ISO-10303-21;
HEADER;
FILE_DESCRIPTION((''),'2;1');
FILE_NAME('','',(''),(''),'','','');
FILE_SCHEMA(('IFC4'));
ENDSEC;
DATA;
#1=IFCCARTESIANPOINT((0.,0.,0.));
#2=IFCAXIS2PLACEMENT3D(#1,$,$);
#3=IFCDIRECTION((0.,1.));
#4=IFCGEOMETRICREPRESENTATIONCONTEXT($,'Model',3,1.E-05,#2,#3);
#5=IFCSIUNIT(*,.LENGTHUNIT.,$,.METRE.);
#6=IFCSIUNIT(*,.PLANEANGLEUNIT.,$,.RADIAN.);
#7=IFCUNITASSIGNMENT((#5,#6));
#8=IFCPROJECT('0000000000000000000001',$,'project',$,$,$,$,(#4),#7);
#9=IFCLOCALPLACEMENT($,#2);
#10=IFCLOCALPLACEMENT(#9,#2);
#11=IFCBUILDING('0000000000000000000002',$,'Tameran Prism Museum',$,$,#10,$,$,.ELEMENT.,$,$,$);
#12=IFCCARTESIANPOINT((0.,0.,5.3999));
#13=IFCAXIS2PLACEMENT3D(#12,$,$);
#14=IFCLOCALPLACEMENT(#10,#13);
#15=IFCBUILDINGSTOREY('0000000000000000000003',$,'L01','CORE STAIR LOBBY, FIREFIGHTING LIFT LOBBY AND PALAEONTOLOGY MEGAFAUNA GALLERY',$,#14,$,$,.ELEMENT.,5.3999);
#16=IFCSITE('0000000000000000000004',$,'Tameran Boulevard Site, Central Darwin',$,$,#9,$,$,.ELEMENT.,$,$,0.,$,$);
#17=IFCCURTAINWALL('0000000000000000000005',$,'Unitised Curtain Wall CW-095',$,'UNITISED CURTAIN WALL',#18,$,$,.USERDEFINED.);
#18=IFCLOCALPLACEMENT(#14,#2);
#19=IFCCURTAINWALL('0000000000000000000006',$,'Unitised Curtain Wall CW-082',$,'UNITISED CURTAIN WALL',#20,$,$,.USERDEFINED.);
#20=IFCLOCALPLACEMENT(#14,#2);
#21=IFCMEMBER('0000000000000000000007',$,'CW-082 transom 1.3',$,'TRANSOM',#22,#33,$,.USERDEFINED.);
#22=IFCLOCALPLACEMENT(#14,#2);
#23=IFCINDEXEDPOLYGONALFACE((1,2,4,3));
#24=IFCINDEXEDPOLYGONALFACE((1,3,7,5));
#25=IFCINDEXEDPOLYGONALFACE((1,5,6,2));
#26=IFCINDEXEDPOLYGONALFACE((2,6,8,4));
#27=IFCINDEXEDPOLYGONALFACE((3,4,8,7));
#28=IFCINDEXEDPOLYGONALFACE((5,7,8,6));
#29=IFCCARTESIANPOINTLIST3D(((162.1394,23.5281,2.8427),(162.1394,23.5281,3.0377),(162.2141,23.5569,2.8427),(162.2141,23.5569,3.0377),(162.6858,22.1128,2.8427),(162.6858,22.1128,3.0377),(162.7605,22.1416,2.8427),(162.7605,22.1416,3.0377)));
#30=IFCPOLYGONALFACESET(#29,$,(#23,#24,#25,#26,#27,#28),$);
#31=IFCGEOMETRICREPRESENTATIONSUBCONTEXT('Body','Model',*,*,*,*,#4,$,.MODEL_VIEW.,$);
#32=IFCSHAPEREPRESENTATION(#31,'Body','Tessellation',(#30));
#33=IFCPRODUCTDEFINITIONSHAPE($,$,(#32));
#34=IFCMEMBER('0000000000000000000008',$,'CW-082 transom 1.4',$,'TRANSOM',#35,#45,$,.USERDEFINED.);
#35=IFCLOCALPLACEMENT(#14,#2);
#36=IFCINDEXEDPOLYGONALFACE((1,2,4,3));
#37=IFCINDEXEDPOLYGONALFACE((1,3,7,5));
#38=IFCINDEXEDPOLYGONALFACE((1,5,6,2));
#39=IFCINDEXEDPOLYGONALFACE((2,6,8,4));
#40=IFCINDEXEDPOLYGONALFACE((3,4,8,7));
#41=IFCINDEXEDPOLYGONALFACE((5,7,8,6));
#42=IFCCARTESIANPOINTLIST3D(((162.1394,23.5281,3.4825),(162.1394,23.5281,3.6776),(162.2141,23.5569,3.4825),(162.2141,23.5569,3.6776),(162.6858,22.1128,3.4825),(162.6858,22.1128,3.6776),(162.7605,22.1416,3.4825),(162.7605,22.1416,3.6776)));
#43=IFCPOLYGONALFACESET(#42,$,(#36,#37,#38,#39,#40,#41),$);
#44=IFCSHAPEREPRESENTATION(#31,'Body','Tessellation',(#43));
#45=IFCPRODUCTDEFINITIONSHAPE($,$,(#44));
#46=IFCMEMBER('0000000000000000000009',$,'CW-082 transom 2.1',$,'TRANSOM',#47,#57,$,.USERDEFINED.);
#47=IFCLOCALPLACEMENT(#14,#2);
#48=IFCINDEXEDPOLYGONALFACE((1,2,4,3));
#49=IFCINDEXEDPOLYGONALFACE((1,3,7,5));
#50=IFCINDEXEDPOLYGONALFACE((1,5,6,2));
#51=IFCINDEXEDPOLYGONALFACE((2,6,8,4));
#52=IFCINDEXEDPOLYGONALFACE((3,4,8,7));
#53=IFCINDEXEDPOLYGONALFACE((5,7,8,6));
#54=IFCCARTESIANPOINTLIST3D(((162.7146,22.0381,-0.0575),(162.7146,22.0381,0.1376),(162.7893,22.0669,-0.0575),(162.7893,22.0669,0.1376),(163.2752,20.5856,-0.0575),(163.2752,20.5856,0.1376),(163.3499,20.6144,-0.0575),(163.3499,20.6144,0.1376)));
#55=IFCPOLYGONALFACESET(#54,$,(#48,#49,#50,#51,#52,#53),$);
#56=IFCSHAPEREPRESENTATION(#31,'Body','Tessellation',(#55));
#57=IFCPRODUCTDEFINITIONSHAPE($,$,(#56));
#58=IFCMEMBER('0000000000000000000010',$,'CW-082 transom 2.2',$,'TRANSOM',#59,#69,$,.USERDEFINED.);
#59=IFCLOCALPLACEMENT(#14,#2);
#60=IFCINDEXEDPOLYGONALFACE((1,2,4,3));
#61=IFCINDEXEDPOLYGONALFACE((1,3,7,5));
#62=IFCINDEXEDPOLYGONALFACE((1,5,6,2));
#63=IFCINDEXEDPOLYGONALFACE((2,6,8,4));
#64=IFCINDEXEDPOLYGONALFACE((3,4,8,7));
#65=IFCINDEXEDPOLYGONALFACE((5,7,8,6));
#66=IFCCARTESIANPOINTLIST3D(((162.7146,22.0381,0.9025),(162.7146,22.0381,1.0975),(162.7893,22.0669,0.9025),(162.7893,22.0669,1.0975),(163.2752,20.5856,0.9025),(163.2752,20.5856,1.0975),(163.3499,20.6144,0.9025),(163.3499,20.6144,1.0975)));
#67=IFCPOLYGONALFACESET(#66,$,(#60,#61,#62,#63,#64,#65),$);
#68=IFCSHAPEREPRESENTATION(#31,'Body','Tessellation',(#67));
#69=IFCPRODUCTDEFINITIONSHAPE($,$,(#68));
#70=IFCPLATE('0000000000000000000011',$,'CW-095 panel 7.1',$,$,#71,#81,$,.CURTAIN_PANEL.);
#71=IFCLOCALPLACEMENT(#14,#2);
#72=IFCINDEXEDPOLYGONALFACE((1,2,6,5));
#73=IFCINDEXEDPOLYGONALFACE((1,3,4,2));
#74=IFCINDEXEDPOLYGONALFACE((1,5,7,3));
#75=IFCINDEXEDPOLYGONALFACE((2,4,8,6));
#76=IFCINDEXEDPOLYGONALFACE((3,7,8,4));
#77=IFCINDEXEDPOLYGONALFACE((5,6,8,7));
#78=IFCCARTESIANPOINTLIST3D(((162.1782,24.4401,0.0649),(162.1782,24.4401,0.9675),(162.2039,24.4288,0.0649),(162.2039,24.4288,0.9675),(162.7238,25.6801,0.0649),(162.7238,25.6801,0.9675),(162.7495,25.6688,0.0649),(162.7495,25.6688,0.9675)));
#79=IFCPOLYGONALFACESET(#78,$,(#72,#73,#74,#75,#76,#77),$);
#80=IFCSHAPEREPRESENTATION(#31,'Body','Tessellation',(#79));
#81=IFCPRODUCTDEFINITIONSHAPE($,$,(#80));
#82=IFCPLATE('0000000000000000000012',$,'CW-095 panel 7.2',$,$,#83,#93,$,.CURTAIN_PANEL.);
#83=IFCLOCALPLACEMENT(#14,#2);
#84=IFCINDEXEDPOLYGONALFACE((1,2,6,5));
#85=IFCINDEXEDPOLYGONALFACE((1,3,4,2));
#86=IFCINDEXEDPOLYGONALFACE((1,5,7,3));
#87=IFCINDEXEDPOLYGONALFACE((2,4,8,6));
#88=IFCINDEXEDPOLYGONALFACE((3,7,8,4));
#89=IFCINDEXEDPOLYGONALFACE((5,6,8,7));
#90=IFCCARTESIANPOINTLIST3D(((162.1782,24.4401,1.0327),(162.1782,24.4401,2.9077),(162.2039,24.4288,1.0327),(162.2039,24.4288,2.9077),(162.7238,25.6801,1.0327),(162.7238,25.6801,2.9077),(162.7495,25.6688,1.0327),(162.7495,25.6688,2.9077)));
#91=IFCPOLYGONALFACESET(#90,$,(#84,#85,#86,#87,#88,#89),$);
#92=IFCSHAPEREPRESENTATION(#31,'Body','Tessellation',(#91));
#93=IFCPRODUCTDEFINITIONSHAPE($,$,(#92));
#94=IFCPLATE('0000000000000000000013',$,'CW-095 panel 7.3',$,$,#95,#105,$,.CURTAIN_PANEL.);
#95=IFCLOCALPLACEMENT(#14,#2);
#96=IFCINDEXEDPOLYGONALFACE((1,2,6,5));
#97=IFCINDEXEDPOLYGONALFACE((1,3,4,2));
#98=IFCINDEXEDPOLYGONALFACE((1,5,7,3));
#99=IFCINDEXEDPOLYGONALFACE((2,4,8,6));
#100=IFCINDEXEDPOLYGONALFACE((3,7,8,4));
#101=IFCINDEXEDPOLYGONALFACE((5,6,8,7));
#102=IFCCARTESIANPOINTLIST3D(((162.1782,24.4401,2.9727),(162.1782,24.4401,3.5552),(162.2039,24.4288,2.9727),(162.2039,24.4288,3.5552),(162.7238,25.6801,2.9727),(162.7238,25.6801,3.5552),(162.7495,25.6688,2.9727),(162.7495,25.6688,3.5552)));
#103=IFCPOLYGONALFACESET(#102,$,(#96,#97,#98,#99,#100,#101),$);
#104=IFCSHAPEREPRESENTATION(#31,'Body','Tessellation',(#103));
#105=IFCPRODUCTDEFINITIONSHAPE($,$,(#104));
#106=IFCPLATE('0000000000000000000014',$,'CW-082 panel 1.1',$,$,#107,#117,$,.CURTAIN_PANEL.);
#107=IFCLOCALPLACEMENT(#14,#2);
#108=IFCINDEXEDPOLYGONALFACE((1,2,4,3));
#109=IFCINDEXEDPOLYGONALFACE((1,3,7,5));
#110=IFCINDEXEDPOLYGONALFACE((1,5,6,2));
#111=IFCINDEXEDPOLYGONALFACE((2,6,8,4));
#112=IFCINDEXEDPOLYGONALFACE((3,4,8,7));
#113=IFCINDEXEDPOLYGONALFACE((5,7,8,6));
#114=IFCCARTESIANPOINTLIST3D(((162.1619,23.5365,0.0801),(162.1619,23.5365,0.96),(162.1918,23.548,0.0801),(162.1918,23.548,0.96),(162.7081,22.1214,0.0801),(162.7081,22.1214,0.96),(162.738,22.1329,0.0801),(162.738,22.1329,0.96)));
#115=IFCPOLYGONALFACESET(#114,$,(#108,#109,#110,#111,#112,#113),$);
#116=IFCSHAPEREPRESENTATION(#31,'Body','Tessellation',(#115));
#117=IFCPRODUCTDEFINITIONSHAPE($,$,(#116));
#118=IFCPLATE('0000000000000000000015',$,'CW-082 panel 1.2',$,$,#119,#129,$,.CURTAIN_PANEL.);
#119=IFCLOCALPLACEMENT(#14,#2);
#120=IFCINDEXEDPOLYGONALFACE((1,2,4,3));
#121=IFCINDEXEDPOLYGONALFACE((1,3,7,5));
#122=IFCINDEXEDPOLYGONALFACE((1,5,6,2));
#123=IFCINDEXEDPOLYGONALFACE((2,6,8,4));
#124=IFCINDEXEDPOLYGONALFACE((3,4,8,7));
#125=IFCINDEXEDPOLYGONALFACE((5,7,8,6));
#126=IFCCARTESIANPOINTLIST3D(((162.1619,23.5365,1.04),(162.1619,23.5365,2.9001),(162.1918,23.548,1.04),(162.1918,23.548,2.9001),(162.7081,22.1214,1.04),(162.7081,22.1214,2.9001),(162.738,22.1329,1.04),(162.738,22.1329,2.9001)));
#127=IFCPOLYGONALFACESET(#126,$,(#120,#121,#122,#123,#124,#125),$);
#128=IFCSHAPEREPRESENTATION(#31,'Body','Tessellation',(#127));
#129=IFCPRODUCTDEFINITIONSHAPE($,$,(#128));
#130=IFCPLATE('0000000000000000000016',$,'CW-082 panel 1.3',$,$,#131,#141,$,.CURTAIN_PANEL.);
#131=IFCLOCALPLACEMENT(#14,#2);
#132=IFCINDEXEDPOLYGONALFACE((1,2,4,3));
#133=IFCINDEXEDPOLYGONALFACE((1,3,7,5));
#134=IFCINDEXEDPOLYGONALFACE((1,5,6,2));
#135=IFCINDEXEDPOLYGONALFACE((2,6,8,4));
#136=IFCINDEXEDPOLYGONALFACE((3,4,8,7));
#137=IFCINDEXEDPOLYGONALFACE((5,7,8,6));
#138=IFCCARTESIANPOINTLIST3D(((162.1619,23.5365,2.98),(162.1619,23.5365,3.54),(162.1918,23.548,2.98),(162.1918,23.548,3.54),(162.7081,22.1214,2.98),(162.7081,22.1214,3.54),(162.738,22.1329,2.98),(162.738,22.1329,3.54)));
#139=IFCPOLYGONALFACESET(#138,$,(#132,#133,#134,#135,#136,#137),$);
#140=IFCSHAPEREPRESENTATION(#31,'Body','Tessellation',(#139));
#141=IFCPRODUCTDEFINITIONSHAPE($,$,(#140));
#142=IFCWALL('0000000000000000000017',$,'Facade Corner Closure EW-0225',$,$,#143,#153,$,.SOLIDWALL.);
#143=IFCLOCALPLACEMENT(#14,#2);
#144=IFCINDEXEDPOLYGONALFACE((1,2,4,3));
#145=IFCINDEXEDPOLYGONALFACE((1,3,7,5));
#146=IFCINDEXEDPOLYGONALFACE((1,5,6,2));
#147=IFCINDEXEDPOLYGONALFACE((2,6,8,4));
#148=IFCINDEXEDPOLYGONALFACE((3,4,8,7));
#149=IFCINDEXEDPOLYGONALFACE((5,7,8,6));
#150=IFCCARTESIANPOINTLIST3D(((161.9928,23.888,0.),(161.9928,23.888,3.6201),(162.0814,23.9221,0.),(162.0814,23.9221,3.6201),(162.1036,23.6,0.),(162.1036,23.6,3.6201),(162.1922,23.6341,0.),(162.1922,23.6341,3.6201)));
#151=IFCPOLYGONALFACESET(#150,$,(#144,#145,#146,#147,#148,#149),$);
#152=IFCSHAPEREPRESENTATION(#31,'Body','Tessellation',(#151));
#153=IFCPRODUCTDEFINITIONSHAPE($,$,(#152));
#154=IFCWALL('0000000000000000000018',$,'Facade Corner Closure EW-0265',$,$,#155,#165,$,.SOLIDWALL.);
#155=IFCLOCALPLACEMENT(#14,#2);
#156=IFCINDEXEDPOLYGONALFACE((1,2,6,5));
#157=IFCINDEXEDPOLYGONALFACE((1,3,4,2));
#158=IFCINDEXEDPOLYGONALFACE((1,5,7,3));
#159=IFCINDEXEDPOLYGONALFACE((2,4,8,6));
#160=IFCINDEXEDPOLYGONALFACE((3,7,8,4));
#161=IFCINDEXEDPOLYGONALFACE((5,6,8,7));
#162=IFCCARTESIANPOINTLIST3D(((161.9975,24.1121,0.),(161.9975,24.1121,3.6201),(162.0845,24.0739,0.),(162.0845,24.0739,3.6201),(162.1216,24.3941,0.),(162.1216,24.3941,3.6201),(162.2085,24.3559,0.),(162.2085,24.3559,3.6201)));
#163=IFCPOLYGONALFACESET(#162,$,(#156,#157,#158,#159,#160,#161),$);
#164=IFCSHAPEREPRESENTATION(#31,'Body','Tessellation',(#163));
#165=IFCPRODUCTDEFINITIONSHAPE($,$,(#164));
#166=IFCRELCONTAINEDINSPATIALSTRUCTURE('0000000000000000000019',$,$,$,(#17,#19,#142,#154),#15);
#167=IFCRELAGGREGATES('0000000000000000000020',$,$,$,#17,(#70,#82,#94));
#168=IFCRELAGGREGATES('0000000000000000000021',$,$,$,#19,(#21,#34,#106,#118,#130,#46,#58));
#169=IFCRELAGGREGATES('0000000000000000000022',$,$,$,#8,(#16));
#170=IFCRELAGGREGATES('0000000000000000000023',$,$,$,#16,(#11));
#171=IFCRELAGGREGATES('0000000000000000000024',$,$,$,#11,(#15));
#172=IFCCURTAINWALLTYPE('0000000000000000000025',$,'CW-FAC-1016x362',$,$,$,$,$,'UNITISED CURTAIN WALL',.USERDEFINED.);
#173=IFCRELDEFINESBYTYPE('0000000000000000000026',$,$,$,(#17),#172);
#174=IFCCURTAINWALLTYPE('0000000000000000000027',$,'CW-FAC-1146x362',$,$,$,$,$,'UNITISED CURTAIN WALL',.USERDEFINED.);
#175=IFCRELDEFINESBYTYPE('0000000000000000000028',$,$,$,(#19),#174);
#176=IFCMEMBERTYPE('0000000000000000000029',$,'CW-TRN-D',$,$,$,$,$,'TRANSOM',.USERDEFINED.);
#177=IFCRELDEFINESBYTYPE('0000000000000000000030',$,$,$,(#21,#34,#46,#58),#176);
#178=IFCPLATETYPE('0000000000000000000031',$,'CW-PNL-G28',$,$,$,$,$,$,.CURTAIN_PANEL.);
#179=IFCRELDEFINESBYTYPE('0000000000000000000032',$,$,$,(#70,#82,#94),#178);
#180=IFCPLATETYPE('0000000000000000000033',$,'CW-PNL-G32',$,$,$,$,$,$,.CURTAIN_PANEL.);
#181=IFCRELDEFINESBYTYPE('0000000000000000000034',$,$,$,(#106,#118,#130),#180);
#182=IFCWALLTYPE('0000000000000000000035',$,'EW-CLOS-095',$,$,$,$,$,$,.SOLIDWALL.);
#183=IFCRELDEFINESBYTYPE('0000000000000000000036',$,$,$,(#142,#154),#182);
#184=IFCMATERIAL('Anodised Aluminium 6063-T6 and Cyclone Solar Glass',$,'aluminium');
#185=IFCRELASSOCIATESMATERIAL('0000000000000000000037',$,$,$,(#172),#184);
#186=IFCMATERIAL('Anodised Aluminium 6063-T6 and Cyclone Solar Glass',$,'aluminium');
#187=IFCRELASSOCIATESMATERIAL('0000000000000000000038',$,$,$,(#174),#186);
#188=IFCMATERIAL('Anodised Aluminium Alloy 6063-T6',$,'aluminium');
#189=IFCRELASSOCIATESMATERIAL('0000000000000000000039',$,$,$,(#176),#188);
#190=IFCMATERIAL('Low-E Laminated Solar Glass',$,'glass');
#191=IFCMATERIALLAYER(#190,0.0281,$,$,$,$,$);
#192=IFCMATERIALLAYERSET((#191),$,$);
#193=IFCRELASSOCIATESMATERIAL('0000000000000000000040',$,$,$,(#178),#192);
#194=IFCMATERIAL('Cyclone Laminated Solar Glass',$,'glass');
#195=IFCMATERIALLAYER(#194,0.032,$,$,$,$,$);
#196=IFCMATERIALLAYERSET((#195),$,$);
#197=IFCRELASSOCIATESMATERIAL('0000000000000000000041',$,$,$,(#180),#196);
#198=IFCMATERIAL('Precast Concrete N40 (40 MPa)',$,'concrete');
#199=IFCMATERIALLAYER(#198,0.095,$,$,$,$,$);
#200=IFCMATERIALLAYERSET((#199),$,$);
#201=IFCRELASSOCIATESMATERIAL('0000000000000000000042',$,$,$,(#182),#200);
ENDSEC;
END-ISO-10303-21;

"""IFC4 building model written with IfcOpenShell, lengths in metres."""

from ifc_helpers import new_model, si_unit, direction, frame, frame_2d, origin, origin_2d, place, context, subcontext, project, spatial, rectangle, extrude, material, layer, layer_set, material_profile, profile_set, type_object, element, aggregate, save


model = new_model("IFC4")

# Units and contexts
model_context = context("Model", 3, precision=1e-05, world=origin(), true_north=direction((0.0, 1.0)))
body_context = subcontext(model_context, "Body", "Model", "MODEL_VIEW")
ifc_project = project(units=[si_unit("LENGTHUNIT", "METRE"), si_unit("PLANEANGLEUNIT", "RADIAN")], contexts=[model_context])

# Site, building, storey
site_placement = place(None, origin())
site = spatial("IfcSite", under=ifc_project, at=site_placement, Name="Tameran Boulevard Site, Central Darwin", CompositionType="ELEMENT", RefElevation=0.0)
building_placement = place(site_placement, origin())
building = spatial("IfcBuilding", under=site, at=building_placement, Name="Tameran Prism Museum", CompositionType="ELEMENT")
storey_placement = place(building_placement, frame((0.0, 0.0, 5.3999)))
storey = spatial("IfcBuildingStorey", under=building, at=storey_placement, Name="L01", Description="CORE STAIR LOBBY, FIREFIGHTING LIFT LOBBY AND PALAEONTOLOGY MEGAFAUNA GALLERY", CompositionType="ELEMENT", Elevation=5.3999)

# Curtain walls
ifc_material_1 = material(Name="Anodised Aluminium 6063-T6 and Cyclone Solar Glass", Category="aluminium")
curtain_wall_type_1 = type_object("IfcCurtainWallType", Name="CW-FAC-1016x362", ElementType="UNITISED CURTAIN WALL", PredefinedType="USERDEFINED", material=ifc_material_1)
curtain_wall_1_placement = place(storey_placement, origin())
curtain_wall_1 = element("IfcCurtainWall", 1, at=curtain_wall_1_placement, inside=storey, type_object=curtain_wall_type_1, Name="Unitised Curtain Wall CW-095", ObjectType="UNITISED CURTAIN WALL", PredefinedType="USERDEFINED")
ifc_material_2 = material(Name="Anodised Aluminium 6063-T6 and Cyclone Solar Glass", Category="aluminium")
curtain_wall_type_2 = type_object("IfcCurtainWallType", Name="CW-FAC-1146x362", ElementType="UNITISED CURTAIN WALL", PredefinedType="USERDEFINED", material=ifc_material_2)
curtain_wall_2_placement = place(storey_placement, origin())
curtain_wall_2 = element("IfcCurtainWall", 2, at=curtain_wall_2_placement, inside=storey, type_object=curtain_wall_type_2, Name="Unitised Curtain Wall CW-082", ObjectType="UNITISED CURTAIN WALL", PredefinedType="USERDEFINED")

# Members
ifc_material_3 = material(Name="Anodised Aluminium Alloy 6063-T6", Category="aluminium")
ifc_material_profile_1 = material_profile(ifc_material_3, rectangle(XDim=0.0801, YDim=0.1951, at=origin_2d()))
ifc_profile_set_1 = profile_set([ifc_material_profile_1])
member_type_1 = type_object("IfcMemberType", Name="CW-TRN-D", ElementType="TRANSOM", PredefinedType="USERDEFINED", material=ifc_profile_set_1)
member_1_placement = place(storey_placement, frame((162.1768, 23.5425, 2.9402), z_axis=(0.360154, -0.932893, 0.0), x_axis=(0.932893, 0.360154, 0.0)))
member_1 = element("IfcMember", 3, at=member_1_placement, type_object=member_type_1, Name="CW-082 transom 1.3", ObjectType="TRANSOM", PredefinedType="USERDEFINED", context=body_context, shape_type="SweptSolid", body=[
    extrude(rectangle(XDim=0.0801, YDim=0.1951, at=origin_2d()), origin(), (0.0, 0.0, 1.0), 1.5171),
])
member_2_placement = place(storey_placement, frame((162.1768, 23.5425, 3.5801), z_axis=(0.360154, -0.932893, 0.0), x_axis=(0.932893, 0.360154, 0.0)))
member_2 = element("IfcMember", 4, at=member_2_placement, type_object=member_type_1, Name="CW-082 transom 1.4", ObjectType="TRANSOM", PredefinedType="USERDEFINED", context=body_context, shape_type="SweptSolid", body=[
    extrude(rectangle(XDim=0.0801, YDim=0.1951, at=origin_2d()), origin(), (0.0, 0.0, 1.0), 1.5171),
])
member_3_placement = place(storey_placement, frame((162.752, 22.0525, 0.04), z_axis=(0.360061, -0.932929, 0.0), x_axis=(0.932929, 0.360061, 0.0)))
member_3 = element("IfcMember", 5, at=member_3_placement, type_object=member_type_1, Name="CW-082 transom 2.1", ObjectType="TRANSOM", PredefinedType="USERDEFINED", context=body_context, shape_type="SweptSolid", body=[
    extrude(rectangle(XDim=0.0801, YDim=0.1951, at=origin_2d()), origin(), (0.0, 0.0, 1.0), 1.5569),
])
member_4_placement = place(storey_placement, frame((162.752, 22.0525, 1.0), z_axis=(0.360061, -0.932929, 0.0), x_axis=(0.932929, 0.360061, 0.0)))
member_4 = element("IfcMember", 6, at=member_4_placement, type_object=member_type_1, Name="CW-082 transom 2.2", ObjectType="TRANSOM", PredefinedType="USERDEFINED", context=body_context, shape_type="SweptSolid", body=[
    extrude(rectangle(XDim=0.0801, YDim=0.1951, at=origin_2d()), origin(), (0.0, 0.0, 1.0), 1.5569),
])

# Plates
ifc_material_4 = material(Name="Low-E Laminated Solar Glass", Category="glass")
ifc_layer_1 = layer(ifc_material_4, 0.0281)
ifc_layer_set_1 = layer_set([ifc_layer_1])
plate_type_1 = type_object("IfcPlateType", Name="CW-PNL-G28", PredefinedType="CURTAIN_PANEL", material=ifc_layer_set_1)
plate_1_placement = place(storey_placement, frame((162.4639, 25.0544, 0.0649), z_axis=(0.0, 0.0, 1.0), x_axis=(-0.402722, -0.915322, 0.0)))
plate_1 = element("IfcPlate", 7, at=plate_1_placement, type_object=plate_type_1, Name="CW-095 panel 7.1", PredefinedType="CURTAIN_PANEL", context=body_context, shape_type="SweptSolid", body=[
    extrude(rectangle(XDim=1.3547, YDim=0.0281, at=origin_2d()), origin(), (0.0, 0.0, 1.0), 0.9026),
])
plate_2_placement = place(storey_placement, frame((162.4639, 25.0544, 1.0327), z_axis=(0.0, 0.0, 1.0), x_axis=(-0.402722, -0.915322, 0.0)))
plate_2 = element("IfcPlate", 8, at=plate_2_placement, type_object=plate_type_1, Name="CW-095 panel 7.2", PredefinedType="CURTAIN_PANEL", context=body_context, shape_type="SweptSolid", body=[
    extrude(rectangle(XDim=1.3547, YDim=0.0281, at=origin_2d()), origin(), (0.0, 0.0, 1.0), 1.875),
])
plate_3_placement = place(storey_placement, frame((162.4639, 25.0544, 2.9727), z_axis=(0.0, 0.0, 1.0), x_axis=(-0.402722, -0.915322, 0.0)))
plate_3 = element("IfcPlate", 9, at=plate_3_placement, type_object=plate_type_1, Name="CW-095 panel 7.3", PredefinedType="CURTAIN_PANEL", context=body_context, shape_type="SweptSolid", body=[
    extrude(rectangle(XDim=1.3547, YDim=0.0281, at=origin_2d()), origin(), (0.0, 0.0, 1.0), 0.5825),
])
aggregate(curtain_wall_1, [plate_1, plate_2, plate_3])
ifc_material_5 = material(Name="Cyclone Laminated Solar Glass", Category="glass")
ifc_layer_2 = layer(ifc_material_5, 0.032)
ifc_layer_set_2 = layer_set([ifc_layer_2])
plate_type_2 = type_object("IfcPlateType", Name="CW-PNL-G32", PredefinedType="CURTAIN_PANEL", material=ifc_layer_set_2)
plate_4_placement = place(storey_placement, frame((162.45, 22.8347, 0.0801), z_axis=(0.0, 0.0, 1.0), x_axis=(0.360078, -0.932922, 0.0)))
plate_4 = element("IfcPlate", 10, at=plate_4_placement, type_object=plate_type_2, Name="CW-082 panel 1.1", PredefinedType="CURTAIN_PANEL", context=body_context, shape_type="SweptSolid", body=[
    extrude(rectangle(XDim=1.5168, YDim=0.032, at=origin_2d()), origin(), (0.0, 0.0, 1.0), 0.8799),
])
plate_5_placement = place(storey_placement, frame((162.45, 22.8347, 1.04), z_axis=(0.0, 0.0, 1.0), x_axis=(0.360078, -0.932922, 0.0)))
plate_5 = element("IfcPlate", 11, at=plate_5_placement, type_object=plate_type_2, Name="CW-082 panel 1.2", PredefinedType="CURTAIN_PANEL", context=body_context, shape_type="SweptSolid", body=[
    extrude(rectangle(XDim=1.5168, YDim=0.032, at=origin_2d()), origin(), (0.0, 0.0, 1.0), 1.8601),
])
plate_6_placement = place(storey_placement, frame((162.45, 22.8347, 2.98), z_axis=(0.0, 0.0, 1.0), x_axis=(0.360078, -0.932922, 0.0)))
plate_6 = element("IfcPlate", 12, at=plate_6_placement, type_object=plate_type_2, Name="CW-082 panel 1.3", PredefinedType="CURTAIN_PANEL", context=body_context, shape_type="SweptSolid", body=[
    extrude(rectangle(XDim=1.5168, YDim=0.032, at=origin_2d()), origin(), (0.0, 0.0, 1.0), 0.5601),
])
aggregate(curtain_wall_2, [member_1, member_2, plate_4, plate_5, plate_6, member_3, member_4])

# Walls
ifc_material_6 = material(Name="Precast Concrete N40 (40 MPa)", Category="concrete")
ifc_layer_3 = layer(ifc_material_6, 0.095)
ifc_layer_set_3 = layer_set([ifc_layer_3])
wall_type_1 = type_object("IfcWallType", Name="EW-CLOS-095", PredefinedType="SOLIDWALL", material=ifc_layer_set_3)
wall_1_placement = place(storey_placement, frame((162.0371, 23.905, 0.0), z_axis=(0.0, 0.0, 1.0), x_axis=(0.359085, -0.933305, 0.0)))
element("IfcWall", 13, at=wall_1_placement, inside=storey, type_object=wall_type_1, Name="Facade Corner Closure EW-0225", PredefinedType="SOLIDWALL", context=body_context, shape_type="SweptSolid", body=[
    extrude(rectangle(XDim=0.3086, YDim=0.095, at=frame_2d((0.1543, 0.0))), origin(), (0.0, 0.0, 1.0), 3.6201),
])
wall_2_placement = place(storey_placement, frame((162.165, 24.375, 0.0), z_axis=(0.0, 0.0, 1.0), x_axis=(-0.402606, -0.915373, 0.0)))
element("IfcWall", 14, at=wall_2_placement, inside=storey, type_object=wall_type_1, Name="Facade Corner Closure EW-0265", PredefinedType="SOLIDWALL", context=body_context, shape_type="SweptSolid", body=[
    extrude(rectangle(XDim=0.3081, YDim=0.095, at=frame_2d((0.1541, 0.0))), origin(), (0.0, 0.0, 1.0), 3.6201),
])

save(model, "model.ifc")
